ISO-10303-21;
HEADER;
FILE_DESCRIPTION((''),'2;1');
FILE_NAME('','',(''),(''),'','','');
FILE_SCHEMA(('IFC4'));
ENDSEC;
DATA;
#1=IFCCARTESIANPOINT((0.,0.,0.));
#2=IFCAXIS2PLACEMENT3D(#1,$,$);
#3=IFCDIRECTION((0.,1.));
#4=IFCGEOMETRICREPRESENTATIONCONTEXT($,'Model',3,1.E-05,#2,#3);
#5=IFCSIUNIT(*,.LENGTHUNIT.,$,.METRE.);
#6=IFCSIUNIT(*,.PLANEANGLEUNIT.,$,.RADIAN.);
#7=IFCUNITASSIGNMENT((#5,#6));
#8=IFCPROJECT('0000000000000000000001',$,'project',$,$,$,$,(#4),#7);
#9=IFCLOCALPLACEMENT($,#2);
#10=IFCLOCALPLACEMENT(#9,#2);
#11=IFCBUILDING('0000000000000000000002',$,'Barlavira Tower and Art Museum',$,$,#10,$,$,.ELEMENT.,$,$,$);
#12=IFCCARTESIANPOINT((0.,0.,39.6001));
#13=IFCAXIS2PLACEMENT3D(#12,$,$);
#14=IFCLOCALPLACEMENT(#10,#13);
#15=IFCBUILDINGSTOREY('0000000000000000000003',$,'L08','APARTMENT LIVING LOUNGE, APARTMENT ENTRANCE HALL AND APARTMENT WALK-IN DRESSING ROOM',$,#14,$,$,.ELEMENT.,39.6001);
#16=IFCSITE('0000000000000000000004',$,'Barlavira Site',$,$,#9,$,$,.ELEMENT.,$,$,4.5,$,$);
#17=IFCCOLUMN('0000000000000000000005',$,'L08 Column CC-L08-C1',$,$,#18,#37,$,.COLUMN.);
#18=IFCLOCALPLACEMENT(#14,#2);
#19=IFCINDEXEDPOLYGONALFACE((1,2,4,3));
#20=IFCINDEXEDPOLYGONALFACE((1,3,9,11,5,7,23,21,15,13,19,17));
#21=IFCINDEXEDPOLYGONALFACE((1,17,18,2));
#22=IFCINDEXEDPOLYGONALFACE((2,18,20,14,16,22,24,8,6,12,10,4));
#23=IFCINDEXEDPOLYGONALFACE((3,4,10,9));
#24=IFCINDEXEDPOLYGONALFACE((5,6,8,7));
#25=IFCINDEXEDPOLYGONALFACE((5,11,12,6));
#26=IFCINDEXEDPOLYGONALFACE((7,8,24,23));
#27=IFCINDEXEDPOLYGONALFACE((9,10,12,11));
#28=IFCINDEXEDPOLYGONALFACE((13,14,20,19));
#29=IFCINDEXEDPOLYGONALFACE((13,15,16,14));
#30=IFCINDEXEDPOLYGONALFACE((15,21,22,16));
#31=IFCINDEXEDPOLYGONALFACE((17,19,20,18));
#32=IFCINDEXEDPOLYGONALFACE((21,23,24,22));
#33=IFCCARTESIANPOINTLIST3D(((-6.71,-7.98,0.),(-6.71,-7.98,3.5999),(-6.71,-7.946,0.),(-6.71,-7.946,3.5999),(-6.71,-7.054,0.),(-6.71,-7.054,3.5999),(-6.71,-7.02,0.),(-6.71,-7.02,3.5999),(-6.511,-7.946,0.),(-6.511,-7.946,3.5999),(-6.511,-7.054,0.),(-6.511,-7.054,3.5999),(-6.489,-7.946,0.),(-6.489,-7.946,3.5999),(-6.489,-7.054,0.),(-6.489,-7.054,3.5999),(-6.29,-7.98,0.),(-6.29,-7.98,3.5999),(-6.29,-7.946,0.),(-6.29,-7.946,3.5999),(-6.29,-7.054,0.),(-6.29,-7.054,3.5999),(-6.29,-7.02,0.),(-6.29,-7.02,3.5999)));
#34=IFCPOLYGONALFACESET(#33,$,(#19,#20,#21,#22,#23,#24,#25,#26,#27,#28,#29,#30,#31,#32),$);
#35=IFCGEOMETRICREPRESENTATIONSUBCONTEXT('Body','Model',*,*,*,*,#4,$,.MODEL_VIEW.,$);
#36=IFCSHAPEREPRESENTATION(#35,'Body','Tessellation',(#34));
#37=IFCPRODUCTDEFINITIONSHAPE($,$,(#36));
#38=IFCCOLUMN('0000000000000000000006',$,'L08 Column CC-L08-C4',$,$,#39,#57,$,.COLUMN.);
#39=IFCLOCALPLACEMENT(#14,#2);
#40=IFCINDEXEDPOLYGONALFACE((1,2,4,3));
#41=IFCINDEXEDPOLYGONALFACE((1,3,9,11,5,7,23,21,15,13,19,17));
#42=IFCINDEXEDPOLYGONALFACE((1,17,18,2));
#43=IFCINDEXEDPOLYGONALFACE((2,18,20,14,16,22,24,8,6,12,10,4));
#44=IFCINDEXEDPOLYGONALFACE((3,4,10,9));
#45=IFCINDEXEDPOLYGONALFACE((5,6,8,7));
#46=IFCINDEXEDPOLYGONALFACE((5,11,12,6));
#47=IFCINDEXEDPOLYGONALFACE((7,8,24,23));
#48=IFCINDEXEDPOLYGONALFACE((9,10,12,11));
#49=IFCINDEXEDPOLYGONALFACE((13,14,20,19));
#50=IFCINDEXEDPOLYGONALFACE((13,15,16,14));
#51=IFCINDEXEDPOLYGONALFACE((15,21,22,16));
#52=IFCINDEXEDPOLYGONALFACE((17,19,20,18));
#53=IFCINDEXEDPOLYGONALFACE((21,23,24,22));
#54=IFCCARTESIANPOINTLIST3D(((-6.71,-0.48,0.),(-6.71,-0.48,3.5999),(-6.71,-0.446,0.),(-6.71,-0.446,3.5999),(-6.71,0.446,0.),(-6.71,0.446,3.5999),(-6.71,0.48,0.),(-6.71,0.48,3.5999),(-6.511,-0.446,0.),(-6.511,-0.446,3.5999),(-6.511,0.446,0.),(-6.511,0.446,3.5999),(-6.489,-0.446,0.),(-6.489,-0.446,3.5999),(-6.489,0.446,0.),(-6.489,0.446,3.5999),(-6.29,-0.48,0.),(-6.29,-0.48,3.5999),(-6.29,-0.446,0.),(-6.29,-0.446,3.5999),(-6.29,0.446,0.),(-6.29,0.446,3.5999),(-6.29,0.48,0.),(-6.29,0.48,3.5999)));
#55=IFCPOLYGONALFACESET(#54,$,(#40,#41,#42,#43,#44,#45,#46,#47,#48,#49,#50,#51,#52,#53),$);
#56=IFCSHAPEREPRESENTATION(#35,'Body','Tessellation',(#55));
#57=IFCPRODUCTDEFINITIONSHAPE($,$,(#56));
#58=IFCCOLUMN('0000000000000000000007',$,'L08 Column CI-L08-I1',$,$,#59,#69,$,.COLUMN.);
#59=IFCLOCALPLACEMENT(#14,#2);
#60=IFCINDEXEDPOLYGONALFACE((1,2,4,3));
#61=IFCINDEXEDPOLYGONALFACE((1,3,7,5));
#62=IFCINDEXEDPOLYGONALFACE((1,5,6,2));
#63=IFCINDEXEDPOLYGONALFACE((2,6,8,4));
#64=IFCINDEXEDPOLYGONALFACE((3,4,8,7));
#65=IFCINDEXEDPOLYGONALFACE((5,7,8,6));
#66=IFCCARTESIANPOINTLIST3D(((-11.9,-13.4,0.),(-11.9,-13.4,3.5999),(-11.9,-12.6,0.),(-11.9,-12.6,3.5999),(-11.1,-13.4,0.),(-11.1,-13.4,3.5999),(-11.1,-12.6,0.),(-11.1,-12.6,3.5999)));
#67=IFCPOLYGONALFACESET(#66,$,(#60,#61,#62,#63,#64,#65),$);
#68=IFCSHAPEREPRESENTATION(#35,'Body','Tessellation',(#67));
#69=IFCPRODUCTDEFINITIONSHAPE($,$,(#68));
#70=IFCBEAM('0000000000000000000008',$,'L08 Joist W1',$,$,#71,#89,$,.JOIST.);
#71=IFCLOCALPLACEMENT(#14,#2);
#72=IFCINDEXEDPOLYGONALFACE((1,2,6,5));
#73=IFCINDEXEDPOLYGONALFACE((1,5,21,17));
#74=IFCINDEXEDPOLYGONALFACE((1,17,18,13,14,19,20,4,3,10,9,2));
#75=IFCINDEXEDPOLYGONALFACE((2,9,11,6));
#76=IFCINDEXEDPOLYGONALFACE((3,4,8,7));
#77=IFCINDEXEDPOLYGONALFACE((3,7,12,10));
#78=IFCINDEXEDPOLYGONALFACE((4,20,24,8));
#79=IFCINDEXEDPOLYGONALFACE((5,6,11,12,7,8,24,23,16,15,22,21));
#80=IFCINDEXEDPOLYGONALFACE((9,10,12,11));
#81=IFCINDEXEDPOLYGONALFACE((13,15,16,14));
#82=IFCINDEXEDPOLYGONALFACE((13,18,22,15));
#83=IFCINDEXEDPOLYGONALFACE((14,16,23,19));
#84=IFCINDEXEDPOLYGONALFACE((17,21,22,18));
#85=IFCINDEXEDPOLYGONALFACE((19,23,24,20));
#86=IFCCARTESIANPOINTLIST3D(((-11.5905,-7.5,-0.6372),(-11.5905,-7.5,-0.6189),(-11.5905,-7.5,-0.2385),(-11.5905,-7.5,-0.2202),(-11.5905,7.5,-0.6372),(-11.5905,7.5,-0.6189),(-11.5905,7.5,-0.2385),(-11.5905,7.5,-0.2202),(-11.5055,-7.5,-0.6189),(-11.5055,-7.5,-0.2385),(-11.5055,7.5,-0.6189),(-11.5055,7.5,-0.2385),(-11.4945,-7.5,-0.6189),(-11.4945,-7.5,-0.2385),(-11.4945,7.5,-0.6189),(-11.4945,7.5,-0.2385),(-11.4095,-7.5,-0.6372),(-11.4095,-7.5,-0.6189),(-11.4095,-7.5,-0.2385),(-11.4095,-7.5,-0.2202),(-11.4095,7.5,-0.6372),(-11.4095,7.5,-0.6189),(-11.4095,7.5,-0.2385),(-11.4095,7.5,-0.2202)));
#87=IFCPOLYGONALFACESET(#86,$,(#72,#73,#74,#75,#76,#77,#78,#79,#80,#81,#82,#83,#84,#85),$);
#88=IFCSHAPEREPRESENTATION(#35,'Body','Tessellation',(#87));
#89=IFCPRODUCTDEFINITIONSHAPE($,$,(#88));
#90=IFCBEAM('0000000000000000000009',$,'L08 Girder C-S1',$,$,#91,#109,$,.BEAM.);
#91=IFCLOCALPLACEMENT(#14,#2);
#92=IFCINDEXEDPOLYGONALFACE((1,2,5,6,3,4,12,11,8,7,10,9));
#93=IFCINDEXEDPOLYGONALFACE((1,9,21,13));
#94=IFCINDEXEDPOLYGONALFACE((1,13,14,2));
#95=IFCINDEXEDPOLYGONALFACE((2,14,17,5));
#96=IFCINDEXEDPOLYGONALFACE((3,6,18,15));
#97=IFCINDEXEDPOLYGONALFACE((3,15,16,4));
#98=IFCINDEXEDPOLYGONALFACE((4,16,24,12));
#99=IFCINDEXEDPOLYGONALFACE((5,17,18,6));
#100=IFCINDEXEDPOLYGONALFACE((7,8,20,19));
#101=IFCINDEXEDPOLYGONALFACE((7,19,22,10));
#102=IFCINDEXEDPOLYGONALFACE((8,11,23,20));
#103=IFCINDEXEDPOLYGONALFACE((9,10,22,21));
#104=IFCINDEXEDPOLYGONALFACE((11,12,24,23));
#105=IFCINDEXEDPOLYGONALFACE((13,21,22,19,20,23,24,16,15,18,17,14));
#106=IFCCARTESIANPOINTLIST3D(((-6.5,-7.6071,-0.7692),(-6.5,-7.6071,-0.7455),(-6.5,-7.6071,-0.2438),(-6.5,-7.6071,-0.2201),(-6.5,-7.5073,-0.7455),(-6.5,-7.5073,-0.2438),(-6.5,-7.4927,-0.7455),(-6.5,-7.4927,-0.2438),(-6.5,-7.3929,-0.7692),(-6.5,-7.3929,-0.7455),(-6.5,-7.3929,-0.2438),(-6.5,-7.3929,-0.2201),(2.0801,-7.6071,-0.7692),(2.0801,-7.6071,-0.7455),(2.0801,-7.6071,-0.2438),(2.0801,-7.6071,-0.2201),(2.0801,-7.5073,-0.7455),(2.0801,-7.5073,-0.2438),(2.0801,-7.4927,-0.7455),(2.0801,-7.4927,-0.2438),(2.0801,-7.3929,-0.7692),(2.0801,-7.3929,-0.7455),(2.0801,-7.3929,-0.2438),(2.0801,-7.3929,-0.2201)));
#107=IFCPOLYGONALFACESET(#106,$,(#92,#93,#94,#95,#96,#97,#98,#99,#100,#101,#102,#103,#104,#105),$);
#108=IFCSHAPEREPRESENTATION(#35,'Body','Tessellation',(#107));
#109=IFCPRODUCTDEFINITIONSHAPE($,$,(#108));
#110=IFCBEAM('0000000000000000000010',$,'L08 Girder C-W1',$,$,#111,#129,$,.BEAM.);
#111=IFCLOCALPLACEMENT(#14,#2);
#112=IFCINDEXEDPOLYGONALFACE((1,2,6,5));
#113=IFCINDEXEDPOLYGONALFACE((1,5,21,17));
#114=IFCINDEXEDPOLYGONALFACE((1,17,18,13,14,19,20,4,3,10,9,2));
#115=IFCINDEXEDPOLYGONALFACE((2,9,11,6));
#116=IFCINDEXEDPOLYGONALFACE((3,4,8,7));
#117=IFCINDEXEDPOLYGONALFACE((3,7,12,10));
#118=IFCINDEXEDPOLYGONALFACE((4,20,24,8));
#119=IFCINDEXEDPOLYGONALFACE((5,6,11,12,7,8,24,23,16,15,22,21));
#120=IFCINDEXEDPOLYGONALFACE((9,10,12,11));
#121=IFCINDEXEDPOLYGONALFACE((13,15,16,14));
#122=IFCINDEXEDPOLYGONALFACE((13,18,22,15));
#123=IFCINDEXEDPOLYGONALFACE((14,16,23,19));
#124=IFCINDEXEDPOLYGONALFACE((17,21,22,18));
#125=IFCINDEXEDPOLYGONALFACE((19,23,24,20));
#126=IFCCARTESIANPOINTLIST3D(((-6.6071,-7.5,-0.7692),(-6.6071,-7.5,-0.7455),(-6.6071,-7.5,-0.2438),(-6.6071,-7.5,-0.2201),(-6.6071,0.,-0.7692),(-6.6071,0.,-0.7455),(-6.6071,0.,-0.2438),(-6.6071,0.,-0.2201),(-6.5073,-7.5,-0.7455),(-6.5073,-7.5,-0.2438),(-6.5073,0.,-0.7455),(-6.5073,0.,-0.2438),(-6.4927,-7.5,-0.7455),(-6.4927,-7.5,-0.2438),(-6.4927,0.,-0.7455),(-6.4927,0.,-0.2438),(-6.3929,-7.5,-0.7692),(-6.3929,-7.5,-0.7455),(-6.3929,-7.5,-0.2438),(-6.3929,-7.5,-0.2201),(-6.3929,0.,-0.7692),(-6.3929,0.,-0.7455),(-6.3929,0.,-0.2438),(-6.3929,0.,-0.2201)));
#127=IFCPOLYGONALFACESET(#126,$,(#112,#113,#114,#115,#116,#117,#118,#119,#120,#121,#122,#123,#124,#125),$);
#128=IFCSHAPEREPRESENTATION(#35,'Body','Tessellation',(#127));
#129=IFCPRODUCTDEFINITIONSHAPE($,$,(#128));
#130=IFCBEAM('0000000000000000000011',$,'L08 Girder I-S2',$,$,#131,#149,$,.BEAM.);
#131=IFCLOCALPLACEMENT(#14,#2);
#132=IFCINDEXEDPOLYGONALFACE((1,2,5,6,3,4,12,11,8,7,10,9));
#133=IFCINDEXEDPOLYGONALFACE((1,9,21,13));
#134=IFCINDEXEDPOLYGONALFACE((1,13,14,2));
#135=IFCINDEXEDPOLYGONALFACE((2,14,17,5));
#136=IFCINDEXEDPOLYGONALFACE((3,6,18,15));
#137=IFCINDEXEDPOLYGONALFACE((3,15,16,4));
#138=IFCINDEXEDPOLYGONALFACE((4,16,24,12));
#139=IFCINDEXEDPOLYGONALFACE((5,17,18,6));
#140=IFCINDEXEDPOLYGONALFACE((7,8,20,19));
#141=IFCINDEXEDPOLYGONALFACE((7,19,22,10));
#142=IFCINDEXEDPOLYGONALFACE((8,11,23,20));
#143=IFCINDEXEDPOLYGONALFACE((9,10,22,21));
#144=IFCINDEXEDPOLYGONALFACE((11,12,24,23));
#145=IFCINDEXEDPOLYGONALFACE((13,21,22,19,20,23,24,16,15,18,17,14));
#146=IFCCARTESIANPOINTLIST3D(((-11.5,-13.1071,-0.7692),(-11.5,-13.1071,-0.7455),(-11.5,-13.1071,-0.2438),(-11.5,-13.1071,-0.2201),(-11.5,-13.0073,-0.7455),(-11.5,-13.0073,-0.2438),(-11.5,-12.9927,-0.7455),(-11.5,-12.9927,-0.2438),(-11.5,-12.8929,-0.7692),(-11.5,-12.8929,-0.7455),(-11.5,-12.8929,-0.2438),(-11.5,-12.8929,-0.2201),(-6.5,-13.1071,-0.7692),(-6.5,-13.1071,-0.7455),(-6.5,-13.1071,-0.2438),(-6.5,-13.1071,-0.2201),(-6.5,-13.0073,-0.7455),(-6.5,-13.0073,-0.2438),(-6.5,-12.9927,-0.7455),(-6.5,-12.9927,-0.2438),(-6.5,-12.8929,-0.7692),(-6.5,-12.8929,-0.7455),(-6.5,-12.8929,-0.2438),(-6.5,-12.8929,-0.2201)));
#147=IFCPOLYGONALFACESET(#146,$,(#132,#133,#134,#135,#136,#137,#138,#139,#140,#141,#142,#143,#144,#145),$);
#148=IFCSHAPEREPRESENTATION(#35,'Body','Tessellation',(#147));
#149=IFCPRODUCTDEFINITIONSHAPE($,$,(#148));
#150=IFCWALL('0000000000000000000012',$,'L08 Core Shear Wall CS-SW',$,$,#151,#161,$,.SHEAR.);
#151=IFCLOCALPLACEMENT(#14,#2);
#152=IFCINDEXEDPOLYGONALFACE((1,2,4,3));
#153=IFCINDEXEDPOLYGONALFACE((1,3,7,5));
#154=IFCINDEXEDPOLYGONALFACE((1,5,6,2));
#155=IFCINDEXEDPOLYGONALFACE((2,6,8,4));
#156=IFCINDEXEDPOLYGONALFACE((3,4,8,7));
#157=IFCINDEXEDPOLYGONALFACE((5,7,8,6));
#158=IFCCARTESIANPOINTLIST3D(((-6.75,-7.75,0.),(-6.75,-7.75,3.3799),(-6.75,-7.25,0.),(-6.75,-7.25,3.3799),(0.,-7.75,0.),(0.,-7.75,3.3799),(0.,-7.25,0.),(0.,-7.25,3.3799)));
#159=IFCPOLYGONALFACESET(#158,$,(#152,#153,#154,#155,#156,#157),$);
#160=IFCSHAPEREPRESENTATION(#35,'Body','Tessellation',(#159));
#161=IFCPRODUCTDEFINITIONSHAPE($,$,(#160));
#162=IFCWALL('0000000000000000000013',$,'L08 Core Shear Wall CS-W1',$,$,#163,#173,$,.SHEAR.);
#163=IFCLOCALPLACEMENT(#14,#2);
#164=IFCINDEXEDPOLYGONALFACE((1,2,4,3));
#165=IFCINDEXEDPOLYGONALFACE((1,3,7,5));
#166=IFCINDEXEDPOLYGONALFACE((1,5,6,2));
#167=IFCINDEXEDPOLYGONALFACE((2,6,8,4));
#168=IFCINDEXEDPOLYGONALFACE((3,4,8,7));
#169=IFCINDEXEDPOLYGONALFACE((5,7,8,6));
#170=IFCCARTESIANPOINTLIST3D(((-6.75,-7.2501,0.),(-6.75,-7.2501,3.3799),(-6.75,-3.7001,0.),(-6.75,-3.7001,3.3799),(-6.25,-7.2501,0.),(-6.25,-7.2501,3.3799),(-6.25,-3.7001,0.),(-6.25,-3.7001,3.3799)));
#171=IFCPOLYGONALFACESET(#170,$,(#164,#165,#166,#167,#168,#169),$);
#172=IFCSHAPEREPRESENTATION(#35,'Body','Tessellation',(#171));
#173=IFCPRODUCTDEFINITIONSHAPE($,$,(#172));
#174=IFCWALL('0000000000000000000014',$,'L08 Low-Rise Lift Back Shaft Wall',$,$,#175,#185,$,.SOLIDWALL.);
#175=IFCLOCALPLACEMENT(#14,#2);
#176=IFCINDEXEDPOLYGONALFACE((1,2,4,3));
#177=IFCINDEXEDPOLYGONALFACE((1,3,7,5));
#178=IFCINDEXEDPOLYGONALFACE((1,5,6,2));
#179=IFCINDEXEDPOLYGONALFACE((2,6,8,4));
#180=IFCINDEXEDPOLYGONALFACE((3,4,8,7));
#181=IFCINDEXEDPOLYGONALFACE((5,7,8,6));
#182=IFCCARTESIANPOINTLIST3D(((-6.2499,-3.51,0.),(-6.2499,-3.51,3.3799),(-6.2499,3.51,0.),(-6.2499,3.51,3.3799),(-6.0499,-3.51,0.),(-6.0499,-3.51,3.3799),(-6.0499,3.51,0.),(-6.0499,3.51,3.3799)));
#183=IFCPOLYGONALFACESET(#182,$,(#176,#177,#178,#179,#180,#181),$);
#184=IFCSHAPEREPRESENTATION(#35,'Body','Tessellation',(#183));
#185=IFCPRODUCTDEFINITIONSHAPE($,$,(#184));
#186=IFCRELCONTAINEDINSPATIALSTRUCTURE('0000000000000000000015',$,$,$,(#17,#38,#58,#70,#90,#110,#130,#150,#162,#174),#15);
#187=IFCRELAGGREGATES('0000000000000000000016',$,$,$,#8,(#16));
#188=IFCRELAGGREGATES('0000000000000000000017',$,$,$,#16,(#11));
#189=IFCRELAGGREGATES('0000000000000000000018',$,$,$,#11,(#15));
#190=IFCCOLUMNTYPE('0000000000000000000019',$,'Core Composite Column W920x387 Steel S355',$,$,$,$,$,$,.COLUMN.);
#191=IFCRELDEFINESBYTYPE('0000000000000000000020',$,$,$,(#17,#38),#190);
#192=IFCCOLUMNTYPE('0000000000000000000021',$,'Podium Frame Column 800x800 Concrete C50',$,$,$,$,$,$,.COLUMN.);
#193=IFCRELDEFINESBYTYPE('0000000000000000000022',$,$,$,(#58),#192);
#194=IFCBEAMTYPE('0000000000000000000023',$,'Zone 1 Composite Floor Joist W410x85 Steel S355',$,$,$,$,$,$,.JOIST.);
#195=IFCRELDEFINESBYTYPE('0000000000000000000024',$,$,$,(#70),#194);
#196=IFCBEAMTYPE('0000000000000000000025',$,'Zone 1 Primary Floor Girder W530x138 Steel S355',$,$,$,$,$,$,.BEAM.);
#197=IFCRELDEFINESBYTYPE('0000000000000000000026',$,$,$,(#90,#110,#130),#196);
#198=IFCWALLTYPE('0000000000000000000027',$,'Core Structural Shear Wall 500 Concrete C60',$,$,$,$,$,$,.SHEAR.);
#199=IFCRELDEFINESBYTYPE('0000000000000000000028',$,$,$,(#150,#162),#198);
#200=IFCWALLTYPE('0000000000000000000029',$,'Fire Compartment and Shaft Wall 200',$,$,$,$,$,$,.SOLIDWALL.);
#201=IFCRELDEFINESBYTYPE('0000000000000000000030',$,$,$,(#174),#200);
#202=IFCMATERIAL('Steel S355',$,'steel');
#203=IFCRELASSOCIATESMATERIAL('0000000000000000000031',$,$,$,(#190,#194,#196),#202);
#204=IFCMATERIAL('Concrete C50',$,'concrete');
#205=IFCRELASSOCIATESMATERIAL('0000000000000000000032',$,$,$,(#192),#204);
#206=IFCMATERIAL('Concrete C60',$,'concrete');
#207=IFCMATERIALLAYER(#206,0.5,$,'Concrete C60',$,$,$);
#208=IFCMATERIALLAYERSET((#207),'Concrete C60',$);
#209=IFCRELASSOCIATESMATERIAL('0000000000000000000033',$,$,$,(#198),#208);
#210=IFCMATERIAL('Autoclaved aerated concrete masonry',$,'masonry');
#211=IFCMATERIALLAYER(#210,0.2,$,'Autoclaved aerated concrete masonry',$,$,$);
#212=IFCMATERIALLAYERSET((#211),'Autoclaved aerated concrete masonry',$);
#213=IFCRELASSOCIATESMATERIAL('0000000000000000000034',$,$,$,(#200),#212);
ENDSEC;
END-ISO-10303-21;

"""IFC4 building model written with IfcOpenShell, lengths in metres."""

from ifc_helpers import new_model, si_unit, direction, frame, frame_2d, origin, origin_2d, place, context, subcontext, project, spatial, rectangle, i_section, extrude, material, layer, layer_set, material_profile, profile_set, type_object, element, save


model = new_model("IFC4")

# Units and contexts
model_context = context("Model", 3, precision=1e-05, world=origin(), true_north=direction((0.0, 1.0)))
body_context = subcontext(model_context, "Body", "Model", "MODEL_VIEW")
ifc_project = project(units=[si_unit("LENGTHUNIT", "METRE"), si_unit("PLANEANGLEUNIT", "RADIAN")], contexts=[model_context])

# Site, building, storey
site_placement = place(None, origin())
site = spatial("IfcSite", under=ifc_project, at=site_placement, Name="Barlavira Site", CompositionType="ELEMENT", RefElevation=4.5)
building_placement = place(site_placement, origin())
building = spatial("IfcBuilding", under=site, at=building_placement, Name="Barlavira Tower and Art Museum", CompositionType="ELEMENT")
storey_placement = place(building_placement, frame((0.0, 0.0, 39.6001)))
storey = spatial("IfcBuildingStorey", under=building, at=storey_placement, Name="L08", Description="APARTMENT LIVING LOUNGE, APARTMENT ENTRANCE HALL AND APARTMENT WALK-IN DRESSING ROOM", CompositionType="ELEMENT", Elevation=39.6001)

# Columns
ifc_material_1 = material(Name="Steel S355", Category="steel")
ifc_material_profile_1 = material_profile(ifc_material_1, i_section(OverallWidth=0.4199, OverallDepth=0.96, WebThickness=0.022, FlangeThickness=0.0339, at=origin_2d()), Name="W920x387.0")
ifc_profile_set_1 = profile_set([ifc_material_profile_1], Name="Steel S355")
column_type_1 = type_object("IfcColumnType", Name="Core Composite Column W920x387 Steel S355", PredefinedType="COLUMN", material=ifc_profile_set_1)
for number, where, z_axis, x_axis, name in (
    (1, (-6.5, -7.5, 0.0), (0.0, 0.0, 1.0), (1.0, 0.0, 0.0), "L08 Column CC-L08-C1"),
    (2, (-6.5, 0.0, 0.0), (0.0, 0.0, 1.0), (1.0, 0.0, 0.0), "L08 Column CC-L08-C4"),
):
    element("IfcColumn", number, at=place(storey_placement, frame(where, z_axis=z_axis, x_axis=x_axis)), inside=storey, type_object=column_type_1, Name=name, PredefinedType="COLUMN", context=body_context, shape_type="SweptSolid", body=[
        extrude(i_section(OverallWidth=0.4199, OverallDepth=0.96, WebThickness=0.022, FlangeThickness=0.0339, at=origin_2d()), origin(), (0.0, 0.0, 1.0), 3.5999),
    ])
ifc_material_2 = material(Name="Concrete C50", Category="concrete")
ifc_material_profile_2 = material_profile(ifc_material_2, rectangle(XDim=0.8, YDim=0.8, at=origin_2d()), Name="RC-COL 800x800")
ifc_profile_set_2 = profile_set([ifc_material_profile_2], Name="Concrete C50")
column_type_2 = type_object("IfcColumnType", Name="Podium Frame Column 800x800 Concrete C50", PredefinedType="COLUMN", material=ifc_profile_set_2)
column_placement = place(storey_placement, frame((-11.5, -13.0, 0.0), z_axis=(0.0, 0.0, 1.0), x_axis=(1.0, 0.0, 0.0)))
element("IfcColumn", 3, at=column_placement, inside=storey, type_object=column_type_2, Name="L08 Column CI-L08-I1", PredefinedType="COLUMN", context=body_context, shape_type="SweptSolid", body=[
    extrude(rectangle(XDim=0.8, YDim=0.8, at=origin_2d()), origin(), (0.0, 0.0, 1.0), 3.5999),
])

# Beams
ifc_material_profile_3 = material_profile(ifc_material_1, i_section(OverallWidth=0.1809, OverallDepth=0.417, WebThickness=0.011, FlangeThickness=0.0183, at=origin_2d()), Name="W410x85.0")
ifc_profile_set_3 = profile_set([ifc_material_profile_3], Name="Steel S355")
beam_type_1 = type_object("IfcBeamType", Name="Zone 1 Composite Floor Joist W410x85 Steel S355", PredefinedType="JOIST", material=ifc_profile_set_3)
beam_1_placement = place(storey_placement, frame((-11.5, -7.5, -0.4287), z_axis=(0.0, 1.0, 0.0), x_axis=(-1.0, 0.0, 0.0)))
element("IfcBeam", 4, at=beam_1_placement, inside=storey, type_object=beam_type_1, Name="L08 Joist W1", PredefinedType="JOIST", context=body_context, shape_type="SweptSolid", body=[
    extrude(i_section(OverallWidth=0.1809, OverallDepth=0.417, WebThickness=0.011, FlangeThickness=0.0183, at=origin_2d()), origin(), (0.0, 0.0, 1.0), 15.0),
])
ifc_material_profile_4 = material_profile(ifc_material_1, i_section(OverallWidth=0.2141, OverallDepth=0.5491, WebThickness=0.0146, FlangeThickness=0.0237, at=origin_2d()), Name="W530x138.0")
ifc_profile_set_4 = profile_set([ifc_material_profile_4], Name="Steel S355")
beam_type_2 = type_object("IfcBeamType", Name="Zone 1 Primary Floor Girder W530x138 Steel S355", PredefinedType="BEAM", material=ifc_profile_set_4)
beam_2_placement = place(storey_placement, frame((-6.5, -7.5, -0.4946), z_axis=(1.0, 0.0, 0.0), x_axis=(0.0, 1.0, 0.0)))
element("IfcBeam", 5, at=beam_2_placement, inside=storey, type_object=beam_type_2, Name="L08 Girder C-S1", PredefinedType="BEAM", context=body_context, shape_type="SweptSolid", body=[
    extrude(i_section(OverallWidth=0.2141, OverallDepth=0.5491, WebThickness=0.0146, FlangeThickness=0.0237, at=origin_2d()), origin(), (0.0, 0.0, 1.0), 8.5801),
])
beam_3_placement = place(storey_placement, frame((-6.5, -7.5, -0.4946), z_axis=(0.0, 1.0, 0.0), x_axis=(-1.0, 0.0, 0.0)))
element("IfcBeam", 6, at=beam_3_placement, inside=storey, type_object=beam_type_2, Name="L08 Girder C-W1", PredefinedType="BEAM", context=body_context, shape_type="SweptSolid", body=[
    extrude(i_section(OverallWidth=0.2141, OverallDepth=0.5491, WebThickness=0.0146, FlangeThickness=0.0237, at=origin_2d()), origin(), (0.0, 0.0, 1.0), 7.5),
])
beam_4_placement = place(storey_placement, frame((-11.5, -13.0, -0.4946), z_axis=(1.0, 0.0, 0.0), x_axis=(0.0, 1.0, 0.0)))
element("IfcBeam", 7, at=beam_4_placement, inside=storey, type_object=beam_type_2, Name="L08 Girder I-S2", PredefinedType="BEAM", context=body_context, shape_type="SweptSolid", body=[
    extrude(i_section(OverallWidth=0.2141, OverallDepth=0.5491, WebThickness=0.0146, FlangeThickness=0.0237, at=origin_2d()), origin(), (0.0, 0.0, 1.0), 5.0),
])

# Walls
ifc_material_3 = material(Name="Concrete C60", Category="concrete")
ifc_layer_1 = layer(ifc_material_3, 0.5, Name="Concrete C60")
ifc_layer_set_1 = layer_set([ifc_layer_1], Name="Concrete C60")
wall_type_1 = type_object("IfcWallType", Name="Core Structural Shear Wall 500 Concrete C60", PredefinedType="SHEAR", material=ifc_layer_set_1)
wall_1_placement = place(storey_placement, frame((-6.75, -7.5, 0.0), z_axis=(0.0, 0.0, 1.0), x_axis=(1.0, 0.0, 0.0)))
element("IfcWall", 8, at=wall_1_placement, inside=storey, type_object=wall_type_1, Name="L08 Core Shear Wall CS-SW", PredefinedType="SHEAR", context=body_context, shape_type="SweptSolid", body=[
    extrude(rectangle(XDim=6.75, YDim=0.5, at=frame_2d((3.375, 0.0))), origin(), (0.0, 0.0, 1.0), 3.3799),
])
wall_2_placement = place(storey_placement, frame((-6.5, -7.25, 0.0), z_axis=(0.0, 0.0, 1.0), x_axis=(0.0, 1.0, 0.0)))
element("IfcWall", 9, at=wall_2_placement, inside=storey, type_object=wall_type_1, Name="L08 Core Shear Wall CS-W1", PredefinedType="SHEAR", context=body_context, shape_type="SweptSolid", body=[
    extrude(rectangle(XDim=3.55, YDim=0.5, at=frame_2d((1.7749, 0.0))), origin(), (0.0, 0.0, 1.0), 3.3799),
])

# Shared definitions
ifc_material_4 = material(Name="Autoclaved aerated concrete masonry", Category="masonry")
ifc_layer_2 = layer(ifc_material_4, 0.2, Name="Autoclaved aerated concrete masonry")
ifc_layer_set_2 = layer_set([ifc_layer_2], Name="Autoclaved aerated concrete masonry")
wall_type_2 = type_object("IfcWallType", Name="Fire Compartment and Shaft Wall 200", PredefinedType="SOLIDWALL", material=ifc_layer_set_2)

# Wall
wall_3_placement = place(storey_placement, frame((-6.1499, -3.51, 0.0), z_axis=(0.0, 0.0, 1.0), x_axis=(0.0, 1.0, 0.0)))
element("IfcWall", 10, at=wall_3_placement, inside=storey, type_object=wall_type_2, Name="L08 Low-Rise Lift Back Shaft Wall", PredefinedType="SOLIDWALL", context=body_context, shape_type="SweptSolid", body=[
    extrude(rectangle(XDim=7.02, YDim=0.2, at=frame_2d((3.51, 0.0))), origin(), (0.0, 0.0, 1.0), 3.3799),
])

save(model, "model.ifc")
